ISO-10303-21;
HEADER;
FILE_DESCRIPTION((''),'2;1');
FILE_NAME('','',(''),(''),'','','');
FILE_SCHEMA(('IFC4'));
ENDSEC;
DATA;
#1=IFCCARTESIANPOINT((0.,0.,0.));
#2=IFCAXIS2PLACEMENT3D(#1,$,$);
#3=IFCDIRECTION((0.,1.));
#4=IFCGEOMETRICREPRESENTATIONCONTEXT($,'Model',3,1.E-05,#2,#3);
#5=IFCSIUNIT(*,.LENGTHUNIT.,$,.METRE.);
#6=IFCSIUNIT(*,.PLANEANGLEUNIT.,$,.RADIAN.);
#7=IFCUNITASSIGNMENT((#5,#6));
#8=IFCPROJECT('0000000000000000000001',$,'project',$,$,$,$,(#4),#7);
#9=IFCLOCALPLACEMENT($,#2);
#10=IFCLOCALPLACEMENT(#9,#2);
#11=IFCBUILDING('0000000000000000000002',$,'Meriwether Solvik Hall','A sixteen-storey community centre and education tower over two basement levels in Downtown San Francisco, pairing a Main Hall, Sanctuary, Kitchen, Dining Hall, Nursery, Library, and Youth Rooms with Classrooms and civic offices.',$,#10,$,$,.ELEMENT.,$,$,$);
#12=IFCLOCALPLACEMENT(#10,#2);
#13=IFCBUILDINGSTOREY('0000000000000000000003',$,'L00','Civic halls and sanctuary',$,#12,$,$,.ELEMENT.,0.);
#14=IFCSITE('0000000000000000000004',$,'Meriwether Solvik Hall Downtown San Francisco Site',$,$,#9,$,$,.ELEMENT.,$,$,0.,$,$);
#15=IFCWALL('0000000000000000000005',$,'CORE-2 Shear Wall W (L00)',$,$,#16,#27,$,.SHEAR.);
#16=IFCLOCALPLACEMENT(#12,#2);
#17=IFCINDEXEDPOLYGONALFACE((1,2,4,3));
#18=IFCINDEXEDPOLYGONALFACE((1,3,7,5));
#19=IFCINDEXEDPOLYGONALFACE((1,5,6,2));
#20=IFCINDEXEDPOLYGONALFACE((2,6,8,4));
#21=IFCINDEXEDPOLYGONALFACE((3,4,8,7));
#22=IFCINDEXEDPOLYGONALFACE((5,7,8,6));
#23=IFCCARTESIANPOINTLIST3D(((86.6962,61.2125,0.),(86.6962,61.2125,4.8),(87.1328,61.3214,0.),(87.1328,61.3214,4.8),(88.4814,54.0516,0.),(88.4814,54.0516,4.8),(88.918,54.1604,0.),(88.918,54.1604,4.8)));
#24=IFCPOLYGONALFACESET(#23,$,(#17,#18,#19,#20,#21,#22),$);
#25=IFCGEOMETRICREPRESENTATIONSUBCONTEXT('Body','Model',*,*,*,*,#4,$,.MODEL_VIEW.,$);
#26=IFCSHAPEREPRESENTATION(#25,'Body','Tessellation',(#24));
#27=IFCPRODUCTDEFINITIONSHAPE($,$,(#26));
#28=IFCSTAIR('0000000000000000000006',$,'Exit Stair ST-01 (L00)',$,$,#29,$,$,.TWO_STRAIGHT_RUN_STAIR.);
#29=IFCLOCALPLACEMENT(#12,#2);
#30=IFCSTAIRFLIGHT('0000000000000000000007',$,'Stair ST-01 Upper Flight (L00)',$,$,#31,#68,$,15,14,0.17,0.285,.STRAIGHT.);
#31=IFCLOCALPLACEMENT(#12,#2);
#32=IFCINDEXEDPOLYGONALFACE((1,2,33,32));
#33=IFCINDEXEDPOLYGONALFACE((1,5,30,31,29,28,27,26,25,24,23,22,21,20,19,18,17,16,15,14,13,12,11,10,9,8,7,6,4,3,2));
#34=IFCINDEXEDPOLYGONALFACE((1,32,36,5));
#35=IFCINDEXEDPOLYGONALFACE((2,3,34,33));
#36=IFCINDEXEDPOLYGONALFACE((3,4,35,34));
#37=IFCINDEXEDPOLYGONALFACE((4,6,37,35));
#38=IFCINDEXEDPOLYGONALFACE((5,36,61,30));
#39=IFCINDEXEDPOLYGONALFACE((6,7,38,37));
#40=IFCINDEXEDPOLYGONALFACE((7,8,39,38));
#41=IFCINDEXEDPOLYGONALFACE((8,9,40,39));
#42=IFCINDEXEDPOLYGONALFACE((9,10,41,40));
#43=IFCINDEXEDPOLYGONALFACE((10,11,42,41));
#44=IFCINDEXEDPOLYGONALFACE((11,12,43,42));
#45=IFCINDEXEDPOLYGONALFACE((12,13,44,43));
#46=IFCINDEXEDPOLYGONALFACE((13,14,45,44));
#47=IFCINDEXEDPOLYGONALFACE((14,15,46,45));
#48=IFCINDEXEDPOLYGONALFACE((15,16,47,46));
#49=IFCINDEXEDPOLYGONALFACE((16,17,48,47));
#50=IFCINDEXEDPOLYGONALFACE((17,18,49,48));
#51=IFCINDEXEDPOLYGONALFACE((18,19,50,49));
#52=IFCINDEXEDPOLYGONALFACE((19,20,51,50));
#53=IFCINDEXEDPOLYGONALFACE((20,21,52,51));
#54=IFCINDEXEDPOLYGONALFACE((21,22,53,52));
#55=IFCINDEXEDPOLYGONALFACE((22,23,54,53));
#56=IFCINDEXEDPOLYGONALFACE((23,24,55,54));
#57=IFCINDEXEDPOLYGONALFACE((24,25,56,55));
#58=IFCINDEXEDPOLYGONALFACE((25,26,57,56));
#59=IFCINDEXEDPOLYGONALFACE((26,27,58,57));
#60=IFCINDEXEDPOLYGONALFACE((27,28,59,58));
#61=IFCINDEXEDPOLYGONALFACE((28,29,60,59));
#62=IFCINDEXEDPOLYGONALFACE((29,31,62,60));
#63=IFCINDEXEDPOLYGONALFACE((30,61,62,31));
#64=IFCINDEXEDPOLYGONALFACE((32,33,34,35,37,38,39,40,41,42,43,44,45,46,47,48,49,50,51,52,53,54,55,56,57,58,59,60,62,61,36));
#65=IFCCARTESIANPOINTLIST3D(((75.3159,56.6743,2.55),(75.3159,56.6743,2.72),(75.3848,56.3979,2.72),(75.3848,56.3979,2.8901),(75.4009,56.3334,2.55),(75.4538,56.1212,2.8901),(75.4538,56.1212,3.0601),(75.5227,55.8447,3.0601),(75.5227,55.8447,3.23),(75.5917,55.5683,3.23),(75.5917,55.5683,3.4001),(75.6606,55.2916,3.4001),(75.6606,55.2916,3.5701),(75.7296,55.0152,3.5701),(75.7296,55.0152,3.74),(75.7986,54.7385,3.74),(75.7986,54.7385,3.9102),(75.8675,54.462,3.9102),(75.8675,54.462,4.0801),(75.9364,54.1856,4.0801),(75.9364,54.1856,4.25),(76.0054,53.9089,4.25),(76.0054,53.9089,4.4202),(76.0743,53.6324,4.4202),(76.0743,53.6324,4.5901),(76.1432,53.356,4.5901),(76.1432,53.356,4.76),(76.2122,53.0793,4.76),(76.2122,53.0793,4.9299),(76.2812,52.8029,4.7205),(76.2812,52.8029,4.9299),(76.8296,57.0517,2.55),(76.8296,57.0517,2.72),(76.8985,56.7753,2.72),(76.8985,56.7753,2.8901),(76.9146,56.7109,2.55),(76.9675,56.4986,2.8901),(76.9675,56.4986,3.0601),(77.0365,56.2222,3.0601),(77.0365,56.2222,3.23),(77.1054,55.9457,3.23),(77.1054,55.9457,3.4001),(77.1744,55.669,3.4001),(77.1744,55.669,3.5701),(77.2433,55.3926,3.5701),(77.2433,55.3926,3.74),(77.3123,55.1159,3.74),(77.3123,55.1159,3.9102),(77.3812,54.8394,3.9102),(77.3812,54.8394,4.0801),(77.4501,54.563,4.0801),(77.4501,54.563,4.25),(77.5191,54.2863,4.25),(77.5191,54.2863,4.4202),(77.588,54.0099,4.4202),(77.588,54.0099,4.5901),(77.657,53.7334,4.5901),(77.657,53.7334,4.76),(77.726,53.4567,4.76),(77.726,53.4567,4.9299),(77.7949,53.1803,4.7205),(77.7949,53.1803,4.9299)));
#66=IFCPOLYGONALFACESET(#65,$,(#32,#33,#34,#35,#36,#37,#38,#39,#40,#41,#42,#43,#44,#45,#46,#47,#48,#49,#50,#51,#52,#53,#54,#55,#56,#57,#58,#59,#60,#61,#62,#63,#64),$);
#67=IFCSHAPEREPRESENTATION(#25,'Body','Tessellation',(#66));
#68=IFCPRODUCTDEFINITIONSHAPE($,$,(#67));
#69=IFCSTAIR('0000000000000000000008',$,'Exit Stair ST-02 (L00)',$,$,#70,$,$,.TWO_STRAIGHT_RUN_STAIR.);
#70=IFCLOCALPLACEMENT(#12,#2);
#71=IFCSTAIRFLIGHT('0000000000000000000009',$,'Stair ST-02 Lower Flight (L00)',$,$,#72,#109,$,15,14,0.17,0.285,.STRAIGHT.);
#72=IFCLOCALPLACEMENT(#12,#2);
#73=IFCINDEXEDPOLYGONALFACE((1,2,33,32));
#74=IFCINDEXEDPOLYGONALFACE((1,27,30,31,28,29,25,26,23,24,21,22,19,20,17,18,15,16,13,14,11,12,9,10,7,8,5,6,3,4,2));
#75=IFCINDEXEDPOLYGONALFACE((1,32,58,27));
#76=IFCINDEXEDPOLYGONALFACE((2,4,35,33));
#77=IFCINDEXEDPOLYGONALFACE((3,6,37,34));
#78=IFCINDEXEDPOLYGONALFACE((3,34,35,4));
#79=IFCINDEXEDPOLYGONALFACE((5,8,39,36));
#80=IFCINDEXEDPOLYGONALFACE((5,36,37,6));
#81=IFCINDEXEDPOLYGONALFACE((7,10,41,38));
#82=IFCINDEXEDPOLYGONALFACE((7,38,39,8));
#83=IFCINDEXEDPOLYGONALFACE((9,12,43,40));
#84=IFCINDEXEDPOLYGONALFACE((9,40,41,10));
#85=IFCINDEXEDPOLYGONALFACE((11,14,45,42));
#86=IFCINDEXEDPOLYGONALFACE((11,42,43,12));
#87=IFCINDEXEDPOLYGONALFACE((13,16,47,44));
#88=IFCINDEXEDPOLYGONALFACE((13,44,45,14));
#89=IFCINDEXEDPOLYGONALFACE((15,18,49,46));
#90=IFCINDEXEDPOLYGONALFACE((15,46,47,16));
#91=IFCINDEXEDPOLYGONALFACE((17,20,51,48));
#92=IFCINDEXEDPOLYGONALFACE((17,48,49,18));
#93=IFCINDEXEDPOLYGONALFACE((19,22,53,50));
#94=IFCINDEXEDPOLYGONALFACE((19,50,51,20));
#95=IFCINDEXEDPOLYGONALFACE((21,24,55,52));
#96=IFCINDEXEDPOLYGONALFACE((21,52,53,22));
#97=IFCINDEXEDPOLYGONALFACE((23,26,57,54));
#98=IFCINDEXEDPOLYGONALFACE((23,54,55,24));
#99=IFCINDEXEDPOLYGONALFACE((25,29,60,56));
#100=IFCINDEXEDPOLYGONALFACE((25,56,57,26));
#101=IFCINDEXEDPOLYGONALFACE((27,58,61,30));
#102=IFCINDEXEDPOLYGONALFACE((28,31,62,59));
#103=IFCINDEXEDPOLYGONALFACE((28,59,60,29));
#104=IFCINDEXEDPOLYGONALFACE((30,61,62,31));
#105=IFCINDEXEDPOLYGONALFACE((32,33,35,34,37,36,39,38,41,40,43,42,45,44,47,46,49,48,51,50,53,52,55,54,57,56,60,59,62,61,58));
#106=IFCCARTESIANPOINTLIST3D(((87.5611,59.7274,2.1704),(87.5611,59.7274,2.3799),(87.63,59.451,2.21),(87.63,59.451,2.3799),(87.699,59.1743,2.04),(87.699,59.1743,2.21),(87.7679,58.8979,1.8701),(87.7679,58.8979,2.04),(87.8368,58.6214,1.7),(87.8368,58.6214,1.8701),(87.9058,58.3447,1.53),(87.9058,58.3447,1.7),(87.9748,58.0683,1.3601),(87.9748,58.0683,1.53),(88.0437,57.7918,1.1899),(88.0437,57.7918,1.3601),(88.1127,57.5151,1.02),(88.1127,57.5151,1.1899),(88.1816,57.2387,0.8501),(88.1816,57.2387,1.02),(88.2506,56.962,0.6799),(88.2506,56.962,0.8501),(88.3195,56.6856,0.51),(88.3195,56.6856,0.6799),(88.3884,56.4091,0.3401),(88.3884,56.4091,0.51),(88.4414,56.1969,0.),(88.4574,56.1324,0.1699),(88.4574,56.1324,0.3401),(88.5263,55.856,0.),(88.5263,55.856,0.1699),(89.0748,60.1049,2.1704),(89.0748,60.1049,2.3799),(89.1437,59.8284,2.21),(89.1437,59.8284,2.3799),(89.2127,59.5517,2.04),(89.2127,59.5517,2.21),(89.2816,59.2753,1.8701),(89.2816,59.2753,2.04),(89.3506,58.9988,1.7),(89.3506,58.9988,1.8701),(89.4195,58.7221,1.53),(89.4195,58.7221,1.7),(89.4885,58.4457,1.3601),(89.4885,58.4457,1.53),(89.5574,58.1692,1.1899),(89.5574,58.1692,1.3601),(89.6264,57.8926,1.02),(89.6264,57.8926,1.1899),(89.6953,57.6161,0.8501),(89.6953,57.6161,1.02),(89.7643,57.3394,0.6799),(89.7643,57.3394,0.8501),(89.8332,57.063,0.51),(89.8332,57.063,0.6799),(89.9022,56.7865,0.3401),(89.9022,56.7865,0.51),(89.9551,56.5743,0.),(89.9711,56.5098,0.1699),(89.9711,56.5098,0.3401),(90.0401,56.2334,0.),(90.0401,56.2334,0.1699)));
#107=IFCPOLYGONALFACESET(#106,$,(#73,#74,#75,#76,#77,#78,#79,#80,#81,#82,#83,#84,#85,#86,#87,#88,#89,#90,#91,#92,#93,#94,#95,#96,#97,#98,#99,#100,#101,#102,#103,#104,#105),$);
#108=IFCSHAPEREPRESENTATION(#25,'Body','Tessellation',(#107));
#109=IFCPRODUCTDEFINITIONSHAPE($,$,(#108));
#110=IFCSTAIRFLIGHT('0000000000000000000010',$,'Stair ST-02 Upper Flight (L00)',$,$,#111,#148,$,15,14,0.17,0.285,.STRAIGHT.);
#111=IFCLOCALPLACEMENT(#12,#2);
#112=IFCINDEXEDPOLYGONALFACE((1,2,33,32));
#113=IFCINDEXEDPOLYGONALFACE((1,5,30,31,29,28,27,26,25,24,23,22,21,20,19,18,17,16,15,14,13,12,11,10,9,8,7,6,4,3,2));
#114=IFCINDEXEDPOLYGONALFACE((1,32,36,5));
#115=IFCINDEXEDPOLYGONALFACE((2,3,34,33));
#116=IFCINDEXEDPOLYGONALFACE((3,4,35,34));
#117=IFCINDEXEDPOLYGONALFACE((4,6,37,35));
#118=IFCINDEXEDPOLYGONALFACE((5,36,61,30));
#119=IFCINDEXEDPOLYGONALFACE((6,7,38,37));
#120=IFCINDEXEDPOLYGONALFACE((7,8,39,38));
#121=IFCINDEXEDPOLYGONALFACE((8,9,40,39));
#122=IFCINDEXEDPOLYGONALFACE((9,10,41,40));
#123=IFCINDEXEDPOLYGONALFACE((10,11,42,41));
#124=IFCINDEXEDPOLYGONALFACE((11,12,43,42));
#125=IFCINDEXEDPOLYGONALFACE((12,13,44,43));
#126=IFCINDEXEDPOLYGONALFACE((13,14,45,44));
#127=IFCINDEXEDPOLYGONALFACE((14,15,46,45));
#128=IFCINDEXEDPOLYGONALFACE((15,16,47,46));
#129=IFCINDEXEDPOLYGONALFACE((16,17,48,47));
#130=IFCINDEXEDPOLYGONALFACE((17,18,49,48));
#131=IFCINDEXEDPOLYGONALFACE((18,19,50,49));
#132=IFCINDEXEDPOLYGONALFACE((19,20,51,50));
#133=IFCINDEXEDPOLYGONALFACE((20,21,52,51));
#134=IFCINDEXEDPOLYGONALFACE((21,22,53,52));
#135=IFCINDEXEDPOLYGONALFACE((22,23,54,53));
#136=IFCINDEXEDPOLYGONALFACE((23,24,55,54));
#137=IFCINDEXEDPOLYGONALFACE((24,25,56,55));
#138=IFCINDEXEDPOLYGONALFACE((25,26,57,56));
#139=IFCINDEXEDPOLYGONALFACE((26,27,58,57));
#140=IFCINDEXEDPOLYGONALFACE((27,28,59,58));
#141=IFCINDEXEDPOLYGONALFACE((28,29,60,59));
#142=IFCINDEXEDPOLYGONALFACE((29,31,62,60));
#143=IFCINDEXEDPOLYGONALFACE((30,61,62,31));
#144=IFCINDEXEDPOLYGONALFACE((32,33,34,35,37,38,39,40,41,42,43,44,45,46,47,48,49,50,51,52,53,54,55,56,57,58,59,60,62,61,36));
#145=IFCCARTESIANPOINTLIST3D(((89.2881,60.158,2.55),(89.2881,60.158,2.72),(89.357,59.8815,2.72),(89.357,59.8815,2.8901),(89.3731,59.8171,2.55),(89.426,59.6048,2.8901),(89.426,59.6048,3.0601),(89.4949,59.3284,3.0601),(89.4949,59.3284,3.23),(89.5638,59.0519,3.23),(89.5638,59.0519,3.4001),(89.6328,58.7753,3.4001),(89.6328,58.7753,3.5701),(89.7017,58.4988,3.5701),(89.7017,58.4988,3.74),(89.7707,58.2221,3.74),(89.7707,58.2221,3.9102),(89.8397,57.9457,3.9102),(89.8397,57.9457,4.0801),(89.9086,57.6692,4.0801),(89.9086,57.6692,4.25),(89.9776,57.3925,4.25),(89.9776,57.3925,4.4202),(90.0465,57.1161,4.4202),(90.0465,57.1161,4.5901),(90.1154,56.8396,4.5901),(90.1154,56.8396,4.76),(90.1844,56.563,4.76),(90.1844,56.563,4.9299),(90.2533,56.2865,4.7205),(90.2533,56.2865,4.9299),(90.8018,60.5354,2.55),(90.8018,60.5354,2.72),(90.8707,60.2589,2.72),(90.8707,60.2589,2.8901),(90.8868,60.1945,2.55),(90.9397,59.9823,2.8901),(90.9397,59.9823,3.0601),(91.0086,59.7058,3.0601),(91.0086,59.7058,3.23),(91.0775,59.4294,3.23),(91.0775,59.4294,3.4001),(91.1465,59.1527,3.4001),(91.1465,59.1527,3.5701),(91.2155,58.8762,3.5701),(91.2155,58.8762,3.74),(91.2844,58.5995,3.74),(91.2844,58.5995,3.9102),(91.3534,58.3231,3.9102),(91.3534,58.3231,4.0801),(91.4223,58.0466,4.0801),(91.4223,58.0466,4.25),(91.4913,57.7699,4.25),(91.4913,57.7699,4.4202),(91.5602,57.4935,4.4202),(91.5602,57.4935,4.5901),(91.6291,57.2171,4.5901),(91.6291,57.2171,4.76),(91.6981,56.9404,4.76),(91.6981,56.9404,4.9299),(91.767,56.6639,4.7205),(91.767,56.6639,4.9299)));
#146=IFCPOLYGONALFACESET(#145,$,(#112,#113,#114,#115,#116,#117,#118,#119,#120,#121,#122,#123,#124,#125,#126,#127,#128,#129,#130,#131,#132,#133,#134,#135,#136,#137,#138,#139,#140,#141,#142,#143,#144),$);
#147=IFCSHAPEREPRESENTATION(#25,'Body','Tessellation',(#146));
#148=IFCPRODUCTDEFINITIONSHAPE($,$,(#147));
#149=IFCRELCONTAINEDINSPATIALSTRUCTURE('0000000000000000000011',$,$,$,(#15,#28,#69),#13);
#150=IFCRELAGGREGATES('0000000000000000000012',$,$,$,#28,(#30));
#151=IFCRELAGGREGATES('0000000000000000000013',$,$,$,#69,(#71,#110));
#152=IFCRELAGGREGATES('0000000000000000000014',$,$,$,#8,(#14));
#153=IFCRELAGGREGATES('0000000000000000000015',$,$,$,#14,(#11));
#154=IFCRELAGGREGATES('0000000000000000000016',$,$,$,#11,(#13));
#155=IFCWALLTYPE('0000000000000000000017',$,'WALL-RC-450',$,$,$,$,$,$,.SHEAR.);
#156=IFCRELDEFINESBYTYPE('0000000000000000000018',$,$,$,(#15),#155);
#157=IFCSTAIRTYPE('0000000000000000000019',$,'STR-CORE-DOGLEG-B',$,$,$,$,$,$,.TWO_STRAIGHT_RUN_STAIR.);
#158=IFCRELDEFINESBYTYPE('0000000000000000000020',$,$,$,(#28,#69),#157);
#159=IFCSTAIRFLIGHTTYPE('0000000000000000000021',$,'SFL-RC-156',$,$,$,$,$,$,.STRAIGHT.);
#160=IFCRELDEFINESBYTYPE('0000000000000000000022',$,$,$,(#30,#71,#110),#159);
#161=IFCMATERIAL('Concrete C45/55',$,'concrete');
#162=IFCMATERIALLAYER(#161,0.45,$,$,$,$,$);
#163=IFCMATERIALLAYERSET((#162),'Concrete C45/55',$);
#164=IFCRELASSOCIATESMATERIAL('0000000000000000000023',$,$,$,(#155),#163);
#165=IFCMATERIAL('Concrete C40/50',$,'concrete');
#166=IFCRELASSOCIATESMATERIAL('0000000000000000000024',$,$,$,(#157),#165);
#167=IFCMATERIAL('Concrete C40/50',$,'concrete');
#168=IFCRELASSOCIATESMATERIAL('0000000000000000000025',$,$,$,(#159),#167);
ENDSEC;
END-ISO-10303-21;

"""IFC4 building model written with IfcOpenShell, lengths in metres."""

from ifc_helpers import new_model, si_unit, direction, frame, frame_2d, origin, place, context, subcontext, project, spatial, polyline, rectangle, outline, extrude, material, layer, layer_set, type_object, element, aggregate, save


model = new_model("IFC4")

# Units and contexts
model_context = context("Model", 3, precision=1e-05, world=origin(), true_north=direction((0.0, 1.0)))
body_context = subcontext(model_context, "Body", "Model", "MODEL_VIEW")
ifc_project = project(units=[si_unit("LENGTHUNIT", "METRE"), si_unit("PLANEANGLEUNIT", "RADIAN")], contexts=[model_context])

# Site, building, storey
site_placement = place(None, origin())
site = spatial("IfcSite", under=ifc_project, at=site_placement, Name="Meriwether Solvik Hall Downtown San Francisco Site", CompositionType="ELEMENT", RefElevation=0.0)
building_placement = place(site_placement, origin())
building = spatial("IfcBuilding", under=site, at=building_placement, Name="Meriwether Solvik Hall", Description="A sixteen-storey community centre and education tower over two basement levels in Downtown San Francisco, pairing a Main Hall, Sanctuary, Kitchen, Dining Hall, Nursery, Library, and Youth Rooms with Classrooms and civic offices.", CompositionType="ELEMENT")
storey_placement = place(building_placement, origin())
storey = spatial("IfcBuildingStorey", under=building, at=storey_placement, Name="L00", Description="Civic halls and sanctuary", CompositionType="ELEMENT", Elevation=0.0)

# Wall
ifc_material_1 = material(Name="Concrete C45/55", Category="concrete")
ifc_layer_1 = layer(ifc_material_1, 0.45)
ifc_layer_set_1 = layer_set([ifc_layer_1], Name="Concrete C45/55")
wall_type_1 = type_object("IfcWallType", Name="WALL-RC-450", PredefinedType="SHEAR", material=ifc_layer_set_1)
wall_1_placement = place(storey_placement, frame((86.9146, 61.2668, 0.0), z_axis=(0.0, 0.0, 1.0), x_axis=(0.24189, -0.970304, 0.0)))
element("IfcWall", 1, at=wall_1_placement, inside=storey, type_object=wall_type_1, Name="CORE-2 Shear Wall W (L00)", PredefinedType="SHEAR", context=body_context, shape_type="SweptSolid", body=[
    extrude(rectangle(XDim=7.3801, YDim=0.45, at=frame_2d((3.6899, 0.0))), origin(), (0.0, 0.0, 1.0), 4.8),
])

# Stair, stair flight
ifc_material_2 = material(Name="Concrete C40/50", Category="concrete")
stair_type = type_object("IfcStairType", Name="STR-CORE-DOGLEG-B", PredefinedType="TWO_STRAIGHT_RUN_STAIR", material=ifc_material_2)
stair_1_placement = place(storey_placement, origin())
stair_1 = element("IfcStair", 2, at=stair_1_placement, inside=storey, type_object=stair_type, Name="Exit Stair ST-01 (L00)", PredefinedType="TWO_STRAIGHT_RUN_STAIR")
ifc_material_3 = material(Name="Concrete C40/50", Category="concrete")
stair_flight_type = type_object("IfcStairFlightType", Name="SFL-RC-156", PredefinedType="STRAIGHT", material=ifc_material_3)
stair_flight_1_placement = place(storey_placement, frame((76.0728, 56.863, 2.55), z_axis=(0.0, 0.0, 1.0), x_axis=(0.241922, -0.970296, 0.0)))
stair_flight_1 = element("IfcStairFlight", 3, at=stair_flight_1_placement, type_object=stair_flight_type, Name="Stair ST-01 Upper Flight (L00)", NumberOfRisers=15, NumberOfTreads=14, PredefinedType="STRAIGHT", RiserHeight=0.17, TreadLength=0.285, context=body_context, shape_type="SweptSolid", body=[
    extrude(outline(polyline([(0.0, 0.0), (0.0, 0.1699), (0.2849, 0.1699), (0.2849, 0.3401), (0.5701, 0.3401), (0.5701, 0.51), (0.855, 0.51), (0.855, 0.6799), (1.1399, 0.6799), (1.1399, 0.8501), (1.425, 0.8501), (1.425, 1.02), (1.71, 1.02), (1.71, 1.1899), (1.9951, 1.1899), (1.9951, 1.3601), (2.28, 1.3601), (2.28, 1.53), (2.5649, 1.53), (2.5649, 1.7), (2.8501, 1.7), (2.8501, 1.8701), (3.135, 1.8701), (3.135, 2.04), (3.4199, 2.04), (3.4199, 2.21), (3.7051, 2.21), (3.7051, 2.3799), (3.99, 2.3799), (3.99, 2.55), (3.99, 2.1704), (0.3513, 0.0), (0.0, 0.0)])), frame((0.0, 0.78, 0.0), z_axis=(0.0, -1.0, 0.0), x_axis=(1.0, 0.0, 0.0)), (0.0, 0.0, 1.0), 1.5601),
])
aggregate(stair_1, [stair_flight_1])

# Stair, stair flights
stair_2_placement = place(storey_placement, origin())
stair_2 = element("IfcStair", 4, at=stair_2_placement, inside=storey, type_object=stair_type, Name="Exit Stair ST-02 (L00)", PredefinedType="TWO_STRAIGHT_RUN_STAIR")
stair_flight_2_placement = place(storey_placement, frame((89.2832, 56.0447, 0.0), z_axis=(0.0, 0.0, 1.0), x_axis=(-0.241922, 0.970296, 0.0)))
stair_flight_2 = element("IfcStairFlight", 5, at=stair_flight_2_placement, type_object=stair_flight_type, Name="Stair ST-02 Lower Flight (L00)", NumberOfRisers=15, NumberOfTreads=14, PredefinedType="STRAIGHT", RiserHeight=0.17, TreadLength=0.285, context=body_context, shape_type="SweptSolid", body=[
    extrude(outline(polyline([(0.0, 0.0), (0.0, 0.1699), (0.2849, 0.1699), (0.2849, 0.3401), (0.5701, 0.3401), (0.5701, 0.51), (0.855, 0.51), (0.855, 0.6799), (1.1399, 0.6799), (1.1399, 0.8501), (1.425, 0.8501), (1.425, 1.02), (1.71, 1.02), (1.71, 1.1899), (1.9951, 1.1899), (1.9951, 1.3601), (2.28, 1.3601), (2.28, 1.53), (2.5649, 1.53), (2.5649, 1.7), (2.8501, 1.7), (2.8501, 1.8701), (3.135, 1.8701), (3.135, 2.04), (3.4199, 2.04), (3.4199, 2.21), (3.7051, 2.21), (3.7051, 2.3799), (3.99, 2.3799), (3.99, 2.55), (3.99, 2.1704), (0.3513, 0.0), (0.0, 0.0)])), frame((0.0, 0.78, 0.0), z_axis=(0.0, -1.0, 0.0), x_axis=(1.0, 0.0, 0.0)), (0.0, 0.0, 1.0), 1.5601),
])
stair_flight_3_placement = place(storey_placement, frame((90.0449, 60.3467, 2.55), z_axis=(0.0, 0.0, 1.0), x_axis=(0.241922, -0.970296, 0.0)))
stair_flight_3 = element("IfcStairFlight", 6, at=stair_flight_3_placement, type_object=stair_flight_type, Name="Stair ST-02 Upper Flight (L00)", NumberOfRisers=15, NumberOfTreads=14, PredefinedType="STRAIGHT", RiserHeight=0.17, TreadLength=0.285, context=body_context, shape_type="SweptSolid", body=[
    extrude(outline(polyline([(0.0, 0.0), (0.0, 0.1699), (0.2849, 0.1699), (0.2849, 0.3401), (0.5701, 0.3401), (0.5701, 0.51), (0.855, 0.51), (0.855, 0.6799), (1.1399, 0.6799), (1.1399, 0.8501), (1.425, 0.8501), (1.425, 1.02), (1.71, 1.02), (1.71, 1.1899), (1.9951, 1.1899), (1.9951, 1.3601), (2.28, 1.3601), (2.28, 1.53), (2.5649, 1.53), (2.5649, 1.7), (2.8501, 1.7), (2.8501, 1.8701), (3.135, 1.8701), (3.135, 2.04), (3.4199, 2.04), (3.4199, 2.21), (3.7051, 2.21), (3.7051, 2.3799), (3.99, 2.3799), (3.99, 2.55), (3.99, 2.1704), (0.3513, 0.0), (0.0, 0.0)])), frame((0.0, 0.78, 0.0), z_axis=(0.0, -1.0, 0.0), x_axis=(1.0, 0.0, 0.0)), (0.0, 0.0, 1.0), 1.5601),
])
aggregate(stair_2, [stair_flight_2, stair_flight_3])

save(model, "model.ifc")
